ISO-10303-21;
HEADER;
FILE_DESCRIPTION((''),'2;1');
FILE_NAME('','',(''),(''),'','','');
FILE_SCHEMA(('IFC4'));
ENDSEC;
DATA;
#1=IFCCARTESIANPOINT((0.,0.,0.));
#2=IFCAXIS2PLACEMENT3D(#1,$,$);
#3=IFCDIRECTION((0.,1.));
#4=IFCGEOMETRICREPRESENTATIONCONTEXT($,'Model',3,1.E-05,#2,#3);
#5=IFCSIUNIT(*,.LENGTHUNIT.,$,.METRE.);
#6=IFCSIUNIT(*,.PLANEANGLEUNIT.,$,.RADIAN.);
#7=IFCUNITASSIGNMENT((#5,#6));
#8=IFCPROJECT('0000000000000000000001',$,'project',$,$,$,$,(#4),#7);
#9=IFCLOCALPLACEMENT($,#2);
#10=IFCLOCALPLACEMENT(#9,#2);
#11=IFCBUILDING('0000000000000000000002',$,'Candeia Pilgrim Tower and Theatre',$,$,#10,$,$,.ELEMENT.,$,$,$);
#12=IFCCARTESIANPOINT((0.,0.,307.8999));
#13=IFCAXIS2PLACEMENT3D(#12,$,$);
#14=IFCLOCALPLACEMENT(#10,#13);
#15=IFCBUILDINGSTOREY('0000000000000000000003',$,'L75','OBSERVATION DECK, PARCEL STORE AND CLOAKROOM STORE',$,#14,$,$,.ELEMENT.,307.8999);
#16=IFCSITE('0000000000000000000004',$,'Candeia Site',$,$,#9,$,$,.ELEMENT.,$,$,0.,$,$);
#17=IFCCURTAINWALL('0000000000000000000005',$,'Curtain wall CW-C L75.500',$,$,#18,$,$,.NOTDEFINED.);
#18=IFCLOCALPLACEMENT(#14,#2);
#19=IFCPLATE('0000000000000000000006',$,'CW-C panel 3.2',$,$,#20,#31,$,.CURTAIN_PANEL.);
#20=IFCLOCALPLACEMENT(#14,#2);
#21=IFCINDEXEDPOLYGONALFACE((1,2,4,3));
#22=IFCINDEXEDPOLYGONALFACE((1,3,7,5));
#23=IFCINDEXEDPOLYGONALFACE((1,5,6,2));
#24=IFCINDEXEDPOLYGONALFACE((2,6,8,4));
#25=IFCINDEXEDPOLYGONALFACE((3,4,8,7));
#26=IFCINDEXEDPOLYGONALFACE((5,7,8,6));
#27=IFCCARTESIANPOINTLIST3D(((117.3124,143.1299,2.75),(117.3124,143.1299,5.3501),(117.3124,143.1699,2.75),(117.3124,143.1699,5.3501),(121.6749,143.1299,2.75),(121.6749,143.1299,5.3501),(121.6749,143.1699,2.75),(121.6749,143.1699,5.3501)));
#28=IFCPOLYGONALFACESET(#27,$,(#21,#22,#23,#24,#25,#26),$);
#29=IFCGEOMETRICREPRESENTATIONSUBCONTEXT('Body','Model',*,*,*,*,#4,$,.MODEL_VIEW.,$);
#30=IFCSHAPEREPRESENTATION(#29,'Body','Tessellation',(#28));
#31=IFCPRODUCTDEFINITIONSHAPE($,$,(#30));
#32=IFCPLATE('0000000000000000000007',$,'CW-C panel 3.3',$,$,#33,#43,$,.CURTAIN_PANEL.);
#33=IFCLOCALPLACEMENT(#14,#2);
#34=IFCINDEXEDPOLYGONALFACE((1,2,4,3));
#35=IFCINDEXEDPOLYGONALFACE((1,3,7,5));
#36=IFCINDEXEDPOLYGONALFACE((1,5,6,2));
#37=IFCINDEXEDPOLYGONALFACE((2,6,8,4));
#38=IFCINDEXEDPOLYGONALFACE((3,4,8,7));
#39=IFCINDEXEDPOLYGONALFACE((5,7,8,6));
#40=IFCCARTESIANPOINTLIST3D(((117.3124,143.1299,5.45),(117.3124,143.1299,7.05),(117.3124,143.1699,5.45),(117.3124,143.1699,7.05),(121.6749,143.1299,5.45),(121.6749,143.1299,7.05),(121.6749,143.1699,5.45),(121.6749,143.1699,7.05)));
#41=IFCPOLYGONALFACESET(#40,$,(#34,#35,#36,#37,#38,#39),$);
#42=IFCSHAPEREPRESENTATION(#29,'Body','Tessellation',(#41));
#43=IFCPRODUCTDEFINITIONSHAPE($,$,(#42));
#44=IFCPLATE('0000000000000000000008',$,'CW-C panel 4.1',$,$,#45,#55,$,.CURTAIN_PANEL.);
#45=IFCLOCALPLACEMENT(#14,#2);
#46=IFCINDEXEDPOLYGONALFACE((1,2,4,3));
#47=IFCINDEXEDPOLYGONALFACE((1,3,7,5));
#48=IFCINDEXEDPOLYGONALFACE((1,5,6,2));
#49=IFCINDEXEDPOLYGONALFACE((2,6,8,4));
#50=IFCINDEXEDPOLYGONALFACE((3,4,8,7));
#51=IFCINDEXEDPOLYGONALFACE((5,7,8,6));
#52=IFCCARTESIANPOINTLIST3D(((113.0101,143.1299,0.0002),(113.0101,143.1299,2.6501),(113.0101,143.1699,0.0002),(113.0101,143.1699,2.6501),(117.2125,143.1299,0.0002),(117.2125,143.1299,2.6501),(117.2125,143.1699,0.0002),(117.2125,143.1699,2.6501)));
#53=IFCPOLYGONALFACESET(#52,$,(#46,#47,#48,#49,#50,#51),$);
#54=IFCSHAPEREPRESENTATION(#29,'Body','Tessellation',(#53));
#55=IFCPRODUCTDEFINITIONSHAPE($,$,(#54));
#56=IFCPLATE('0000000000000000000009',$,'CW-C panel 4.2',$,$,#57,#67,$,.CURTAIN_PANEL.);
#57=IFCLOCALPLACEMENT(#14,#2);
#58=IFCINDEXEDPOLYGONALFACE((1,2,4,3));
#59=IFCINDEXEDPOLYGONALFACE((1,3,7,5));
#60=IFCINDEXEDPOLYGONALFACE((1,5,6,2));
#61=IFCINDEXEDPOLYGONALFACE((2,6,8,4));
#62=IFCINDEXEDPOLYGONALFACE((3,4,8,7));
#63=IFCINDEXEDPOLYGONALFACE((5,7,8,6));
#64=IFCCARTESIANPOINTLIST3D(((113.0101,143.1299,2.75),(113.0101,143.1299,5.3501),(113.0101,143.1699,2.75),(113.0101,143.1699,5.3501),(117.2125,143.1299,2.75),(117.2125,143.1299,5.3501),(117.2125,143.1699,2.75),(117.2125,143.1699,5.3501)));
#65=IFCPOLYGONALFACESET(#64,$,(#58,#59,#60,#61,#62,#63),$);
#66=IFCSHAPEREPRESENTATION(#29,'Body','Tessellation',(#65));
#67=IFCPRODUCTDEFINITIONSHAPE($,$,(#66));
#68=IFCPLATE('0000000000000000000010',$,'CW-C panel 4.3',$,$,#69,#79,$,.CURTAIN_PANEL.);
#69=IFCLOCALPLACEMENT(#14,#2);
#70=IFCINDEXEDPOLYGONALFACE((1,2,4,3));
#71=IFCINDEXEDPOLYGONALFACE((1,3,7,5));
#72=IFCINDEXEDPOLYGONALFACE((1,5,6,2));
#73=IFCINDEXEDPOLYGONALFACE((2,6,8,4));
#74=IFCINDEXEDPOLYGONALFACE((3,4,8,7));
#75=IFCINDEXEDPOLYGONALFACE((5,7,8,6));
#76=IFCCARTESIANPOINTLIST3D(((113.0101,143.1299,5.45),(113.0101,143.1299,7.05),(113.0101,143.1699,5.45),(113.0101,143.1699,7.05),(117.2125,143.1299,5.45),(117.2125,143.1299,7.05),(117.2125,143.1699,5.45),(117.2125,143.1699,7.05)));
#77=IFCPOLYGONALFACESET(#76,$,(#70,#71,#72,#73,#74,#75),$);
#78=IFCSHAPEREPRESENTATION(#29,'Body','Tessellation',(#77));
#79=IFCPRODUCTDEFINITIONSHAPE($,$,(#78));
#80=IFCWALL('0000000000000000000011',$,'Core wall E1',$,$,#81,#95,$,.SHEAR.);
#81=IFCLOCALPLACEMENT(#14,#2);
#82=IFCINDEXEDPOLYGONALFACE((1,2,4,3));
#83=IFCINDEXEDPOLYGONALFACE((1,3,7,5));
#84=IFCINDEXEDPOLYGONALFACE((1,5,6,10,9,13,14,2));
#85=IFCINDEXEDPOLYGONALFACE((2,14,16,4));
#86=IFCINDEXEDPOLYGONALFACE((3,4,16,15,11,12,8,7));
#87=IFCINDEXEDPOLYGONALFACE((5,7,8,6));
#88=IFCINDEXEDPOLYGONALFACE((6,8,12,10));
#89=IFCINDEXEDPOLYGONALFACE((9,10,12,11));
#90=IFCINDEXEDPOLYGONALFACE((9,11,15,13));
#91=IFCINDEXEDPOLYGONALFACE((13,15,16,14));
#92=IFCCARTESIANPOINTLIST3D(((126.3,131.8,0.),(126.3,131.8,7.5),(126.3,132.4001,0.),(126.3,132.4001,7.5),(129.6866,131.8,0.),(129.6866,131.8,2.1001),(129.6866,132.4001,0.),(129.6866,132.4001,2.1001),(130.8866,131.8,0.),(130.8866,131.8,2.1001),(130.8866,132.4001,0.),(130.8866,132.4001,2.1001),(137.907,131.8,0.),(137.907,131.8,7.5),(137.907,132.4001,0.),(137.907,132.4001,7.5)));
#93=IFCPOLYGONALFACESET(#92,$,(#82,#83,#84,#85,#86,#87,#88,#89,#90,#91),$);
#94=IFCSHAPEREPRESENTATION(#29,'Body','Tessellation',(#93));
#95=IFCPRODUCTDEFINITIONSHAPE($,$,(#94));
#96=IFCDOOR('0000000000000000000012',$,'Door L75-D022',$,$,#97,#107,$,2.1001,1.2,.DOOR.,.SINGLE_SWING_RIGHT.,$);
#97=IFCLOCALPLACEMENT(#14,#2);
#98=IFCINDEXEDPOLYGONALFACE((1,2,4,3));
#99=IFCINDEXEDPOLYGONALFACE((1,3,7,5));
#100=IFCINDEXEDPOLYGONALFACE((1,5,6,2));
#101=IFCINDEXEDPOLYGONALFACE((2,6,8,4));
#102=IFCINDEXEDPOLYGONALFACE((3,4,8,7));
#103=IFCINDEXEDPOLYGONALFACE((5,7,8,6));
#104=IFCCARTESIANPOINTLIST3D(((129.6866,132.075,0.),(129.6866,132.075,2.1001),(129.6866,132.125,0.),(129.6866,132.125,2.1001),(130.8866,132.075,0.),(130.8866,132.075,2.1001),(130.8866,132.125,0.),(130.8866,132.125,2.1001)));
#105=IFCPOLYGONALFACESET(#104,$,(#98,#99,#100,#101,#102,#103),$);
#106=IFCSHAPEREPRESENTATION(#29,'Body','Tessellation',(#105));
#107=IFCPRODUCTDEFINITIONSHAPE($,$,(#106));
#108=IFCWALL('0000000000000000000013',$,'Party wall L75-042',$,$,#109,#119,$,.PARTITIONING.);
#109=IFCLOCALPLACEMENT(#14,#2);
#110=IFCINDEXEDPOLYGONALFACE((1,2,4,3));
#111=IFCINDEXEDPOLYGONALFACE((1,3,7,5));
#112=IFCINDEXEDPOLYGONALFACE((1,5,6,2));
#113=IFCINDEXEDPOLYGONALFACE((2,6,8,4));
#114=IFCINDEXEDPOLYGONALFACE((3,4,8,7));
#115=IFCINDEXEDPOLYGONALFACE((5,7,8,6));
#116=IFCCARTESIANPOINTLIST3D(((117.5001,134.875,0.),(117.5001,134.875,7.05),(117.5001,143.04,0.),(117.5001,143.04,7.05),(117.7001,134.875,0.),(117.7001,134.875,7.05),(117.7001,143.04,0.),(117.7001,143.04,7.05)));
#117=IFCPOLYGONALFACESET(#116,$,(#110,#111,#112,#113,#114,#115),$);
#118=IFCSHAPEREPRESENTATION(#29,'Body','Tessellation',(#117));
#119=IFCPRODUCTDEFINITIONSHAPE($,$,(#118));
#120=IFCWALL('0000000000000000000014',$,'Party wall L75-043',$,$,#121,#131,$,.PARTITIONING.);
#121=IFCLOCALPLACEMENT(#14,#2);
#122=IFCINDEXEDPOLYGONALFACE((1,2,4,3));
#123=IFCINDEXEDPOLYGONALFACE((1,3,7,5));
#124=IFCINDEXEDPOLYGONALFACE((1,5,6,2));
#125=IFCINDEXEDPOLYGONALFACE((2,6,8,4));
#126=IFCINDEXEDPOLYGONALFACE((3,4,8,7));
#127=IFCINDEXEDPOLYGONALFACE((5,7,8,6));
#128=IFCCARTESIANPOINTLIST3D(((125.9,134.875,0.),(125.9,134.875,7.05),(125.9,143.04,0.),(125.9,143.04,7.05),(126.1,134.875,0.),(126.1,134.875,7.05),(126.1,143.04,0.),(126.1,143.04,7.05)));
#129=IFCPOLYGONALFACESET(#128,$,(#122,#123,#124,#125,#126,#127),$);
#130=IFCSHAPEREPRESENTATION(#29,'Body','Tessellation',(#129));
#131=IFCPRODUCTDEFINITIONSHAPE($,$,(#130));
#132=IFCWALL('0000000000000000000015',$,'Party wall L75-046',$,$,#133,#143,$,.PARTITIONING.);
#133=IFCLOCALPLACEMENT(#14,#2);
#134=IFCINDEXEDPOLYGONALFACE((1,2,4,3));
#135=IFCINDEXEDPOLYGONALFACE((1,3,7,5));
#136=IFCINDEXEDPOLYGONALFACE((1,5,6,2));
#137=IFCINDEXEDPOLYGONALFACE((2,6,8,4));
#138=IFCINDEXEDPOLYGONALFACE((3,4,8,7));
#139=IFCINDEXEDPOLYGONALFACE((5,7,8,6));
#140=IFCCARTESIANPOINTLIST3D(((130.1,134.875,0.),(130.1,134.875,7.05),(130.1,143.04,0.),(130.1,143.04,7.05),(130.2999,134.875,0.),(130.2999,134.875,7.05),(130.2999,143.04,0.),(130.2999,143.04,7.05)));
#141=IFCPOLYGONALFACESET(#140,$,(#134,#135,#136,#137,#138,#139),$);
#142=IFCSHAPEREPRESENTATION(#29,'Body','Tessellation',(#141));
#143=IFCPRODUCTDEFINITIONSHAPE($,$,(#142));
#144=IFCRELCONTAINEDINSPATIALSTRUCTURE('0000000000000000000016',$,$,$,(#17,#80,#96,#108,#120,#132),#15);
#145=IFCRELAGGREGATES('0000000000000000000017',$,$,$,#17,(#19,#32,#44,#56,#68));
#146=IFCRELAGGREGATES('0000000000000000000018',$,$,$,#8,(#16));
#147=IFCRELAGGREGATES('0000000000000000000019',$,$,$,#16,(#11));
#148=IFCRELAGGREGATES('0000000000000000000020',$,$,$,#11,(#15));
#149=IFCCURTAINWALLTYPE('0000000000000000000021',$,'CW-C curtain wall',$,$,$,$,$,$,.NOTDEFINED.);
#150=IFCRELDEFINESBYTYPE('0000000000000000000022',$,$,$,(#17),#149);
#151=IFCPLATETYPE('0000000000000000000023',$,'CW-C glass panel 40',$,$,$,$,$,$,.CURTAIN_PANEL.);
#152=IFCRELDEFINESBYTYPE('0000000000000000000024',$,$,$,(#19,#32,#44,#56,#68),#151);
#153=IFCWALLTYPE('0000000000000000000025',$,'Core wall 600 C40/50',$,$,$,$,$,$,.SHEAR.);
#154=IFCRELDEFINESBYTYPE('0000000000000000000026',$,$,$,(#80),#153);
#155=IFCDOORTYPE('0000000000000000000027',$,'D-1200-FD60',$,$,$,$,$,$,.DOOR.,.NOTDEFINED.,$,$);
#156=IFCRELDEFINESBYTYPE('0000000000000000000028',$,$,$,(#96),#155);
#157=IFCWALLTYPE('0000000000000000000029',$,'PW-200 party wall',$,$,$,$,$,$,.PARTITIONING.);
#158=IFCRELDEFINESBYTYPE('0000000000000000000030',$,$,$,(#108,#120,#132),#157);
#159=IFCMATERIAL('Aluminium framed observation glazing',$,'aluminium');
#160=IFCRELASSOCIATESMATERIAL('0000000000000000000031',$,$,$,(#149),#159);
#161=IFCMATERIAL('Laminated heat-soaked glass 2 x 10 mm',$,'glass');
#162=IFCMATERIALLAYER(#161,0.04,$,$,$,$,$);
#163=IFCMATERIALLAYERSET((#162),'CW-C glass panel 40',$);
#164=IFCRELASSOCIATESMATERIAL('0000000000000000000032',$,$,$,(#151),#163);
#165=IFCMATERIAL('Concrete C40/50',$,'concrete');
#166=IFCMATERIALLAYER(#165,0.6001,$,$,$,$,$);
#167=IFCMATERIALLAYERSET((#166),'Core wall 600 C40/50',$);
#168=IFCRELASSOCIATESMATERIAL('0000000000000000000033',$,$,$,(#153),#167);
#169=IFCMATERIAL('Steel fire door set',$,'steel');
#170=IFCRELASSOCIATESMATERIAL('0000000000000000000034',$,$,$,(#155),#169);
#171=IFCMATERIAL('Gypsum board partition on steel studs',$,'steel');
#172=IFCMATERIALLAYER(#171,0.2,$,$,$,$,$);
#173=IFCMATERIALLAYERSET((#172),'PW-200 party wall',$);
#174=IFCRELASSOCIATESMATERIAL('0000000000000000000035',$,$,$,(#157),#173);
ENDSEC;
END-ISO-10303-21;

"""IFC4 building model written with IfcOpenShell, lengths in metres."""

from ifc_helpers import new_model, si_unit, direction, frame, frame_2d, origin, origin_2d, place, context, subcontext, project, spatial, rectangle, extrude, material, layer, layer_set, type_object, element, fill, aggregate, save


model = new_model("IFC4")

# Units and contexts
model_context = context("Model", 3, precision=1e-05, world=origin(), true_north=direction((0.0, 1.0)))
body_context = subcontext(model_context, "Body", "Model", "MODEL_VIEW")
ifc_project = project(units=[si_unit("LENGTHUNIT", "METRE"), si_unit("PLANEANGLEUNIT", "RADIAN")], contexts=[model_context])

# Site, building, storey
site_placement = place(None, origin())
site = spatial("IfcSite", under=ifc_project, at=site_placement, Name="Candeia Site", CompositionType="ELEMENT", RefElevation=0.0)
building_placement = place(site_placement, origin())
building = spatial("IfcBuilding", under=site, at=building_placement, Name="Candeia Pilgrim Tower and Theatre", CompositionType="ELEMENT")
storey_placement = place(building_placement, frame((0.0, 0.0, 307.8999)))
storey = spatial("IfcBuildingStorey", under=building, at=storey_placement, Name="L75", Description="OBSERVATION DECK, PARCEL STORE AND CLOAKROOM STORE", CompositionType="ELEMENT", Elevation=307.8999)

# Shared definitions
ifc_material_1 = material(Name="Concrete C40/50", Category="concrete")

# Shared definitions
ifc_material_2 = material(Name="Aluminium framed observation glazing", Category="aluminium")
curtain_wall_type = type_object("IfcCurtainWallType", Name="CW-C curtain wall", PredefinedType="NOTDEFINED", material=ifc_material_2)

# Curtain wall
curtain_wall_1_placement = place(storey_placement, origin())
curtain_wall_1 = element("IfcCurtainWall", 1, at=curtain_wall_1_placement, inside=storey, type_object=curtain_wall_type, Name="Curtain wall CW-C L75.500", PredefinedType="NOTDEFINED")

# Plates
ifc_material_3 = material(Name="Laminated heat-soaked glass 2 x 10 mm", Category="glass")
ifc_layer_1 = layer(ifc_material_3, 0.04)
ifc_layer_set_1 = layer_set([ifc_layer_1], Name="CW-C glass panel 40")
plate_type = type_object("IfcPlateType", Name="CW-C glass panel 40", PredefinedType="CURTAIN_PANEL", material=ifc_layer_set_1)
plate_1_placement = place(storey_placement, frame((119.4937, 143.1499, 2.75), z_axis=(0.0, 0.0, 1.0), x_axis=(-1.0, 0.0, 0.0)))
plate_1 = element("IfcPlate", 2, at=plate_1_placement, type_object=plate_type, Name="CW-C panel 3.2", PredefinedType="CURTAIN_PANEL", context=body_context, shape_type="SweptSolid", body=[
    extrude(rectangle(XDim=4.3625, YDim=0.04, at=origin_2d()), origin(), (0.0, 0.0, 1.0), 2.6001),
])
plate_2_placement = place(storey_placement, frame((119.4937, 143.1499, 5.45), z_axis=(0.0, 0.0, 1.0), x_axis=(-1.0, 0.0, 0.0)))
plate_2 = element("IfcPlate", 3, at=plate_2_placement, type_object=plate_type, Name="CW-C panel 3.3", PredefinedType="CURTAIN_PANEL", context=body_context, shape_type="SweptSolid", body=[
    extrude(rectangle(XDim=4.3625, YDim=0.04, at=origin_2d()), origin(), (0.0, 0.0, 1.0), 1.6001),
])
plate_3_placement = place(storey_placement, frame((115.1113, 143.1499, 0.0002), z_axis=(0.0, 0.0, 1.0), x_axis=(-1.0, 0.0, 0.0)))
plate_3 = element("IfcPlate", 4, at=plate_3_placement, type_object=plate_type, Name="CW-C panel 4.1", PredefinedType="CURTAIN_PANEL", context=body_context, shape_type="SweptSolid", body=[
    extrude(rectangle(XDim=4.2024, YDim=0.04, at=origin_2d()), origin(), (0.0, 0.0, 1.0), 2.6499),
])
plate_4_placement = place(storey_placement, frame((115.1113, 143.1499, 2.75), z_axis=(0.0, 0.0, 1.0), x_axis=(-1.0, 0.0, 0.0)))
plate_4 = element("IfcPlate", 5, at=plate_4_placement, type_object=plate_type, Name="CW-C panel 4.2", PredefinedType="CURTAIN_PANEL", context=body_context, shape_type="SweptSolid", body=[
    extrude(rectangle(XDim=4.2024, YDim=0.04, at=origin_2d()), origin(), (0.0, 0.0, 1.0), 2.6001),
])
plate_5_placement = place(storey_placement, frame((115.1113, 143.1499, 5.45), z_axis=(0.0, 0.0, 1.0), x_axis=(-1.0, 0.0, 0.0)))
plate_5 = element("IfcPlate", 6, at=plate_5_placement, type_object=plate_type, Name="CW-C panel 4.3", PredefinedType="CURTAIN_PANEL", context=body_context, shape_type="SweptSolid", body=[
    extrude(rectangle(XDim=4.2024, YDim=0.04, at=origin_2d()), origin(), (0.0, 0.0, 1.0), 1.6001),
])
aggregate(curtain_wall_1, [plate_1, plate_2, plate_3, plate_4, plate_5])

# Wall, opening, door
ifc_layer_2 = layer(ifc_material_1, 0.6001)
ifc_layer_set_2 = layer_set([ifc_layer_2], Name="Core wall 600 C40/50")
wall_type_1 = type_object("IfcWallType", Name="Core wall 600 C40/50", PredefinedType="SHEAR", material=ifc_layer_set_2)
wall_placement = place(storey_placement, frame((126.3, 132.1001, 0.0), z_axis=(0.0, 0.0, 1.0), x_axis=(1.0, 0.0, 0.0)))
wall = element("IfcWall", 7, at=wall_placement, inside=storey, type_object=wall_type_1, Name="Core wall E1", PredefinedType="SHEAR", context=body_context, shape_type="SweptSolid", body=[
    extrude(rectangle(XDim=11.6069, YDim=0.6001, at=frame_2d((5.8035, 0.0))), origin(), (0.0, 0.0, 1.0), 7.5),
])
opening_placement = place(wall_placement, frame((3.3865, 0.0, 0.0)))
opening = element("IfcOpeningElement", 8, at=opening_placement, cuts=wall, PredefinedType="OPENING", context=body_context, shape_type="SweptSolid", body=[
    extrude(rectangle(XDim=1.2, YDim=2.1001, at=frame_2d((0.6001, 1.05))), frame((0.0, 0.3101, 0.0), z_axis=(0.0, -1.0, 0.0), x_axis=(1.0, 0.0, 0.0)), (0.0, 0.0, 1.0), 0.6201),
])
ifc_material_4 = material(Name="Steel fire door set", Category="steel")
door_type = type_object("IfcDoorType", Name="D-1200-FD60", OperationType="NOTDEFINED", PredefinedType="DOOR", material=ifc_material_4)
door_placement = place(opening_placement, origin())
door = element("IfcDoor", 9, at=door_placement, inside=storey, type_object=door_type, Name="Door L75-D022", OperationType="SINGLE_SWING_RIGHT", OverallHeight=2.1001, OverallWidth=1.2, PredefinedType="DOOR", context=body_context, shape_type="SweptSolid", body=[
    extrude(rectangle(XDim=1.2, YDim=2.1001, at=frame_2d((0.6001, 1.05))), frame((0.0, 0.0249, 0.0), z_axis=(0.0, -1.0, 0.0), x_axis=(1.0, 0.0, 0.0)), (0.0, 0.0, 1.0), 0.05),
])
fill(opening, door)

# Walls
ifc_material_5 = material(Name="Gypsum board partition on steel studs", Category="steel")
ifc_layer_3 = layer(ifc_material_5, 0.2)
ifc_layer_set_3 = layer_set([ifc_layer_3], Name="PW-200 party wall")
wall_type_2 = type_object("IfcWallType", Name="PW-200 party wall", PredefinedType="PARTITIONING", material=ifc_layer_set_3)
for number, where, z_axis, x_axis, name in (
    (10, (117.6001, 134.875, 0.0), (0.0, 0.0, 1.0), (0.0, 1.0, 0.0), "Party wall L75-042"),
    (11, (126.0, 134.875, 0.0), (0.0, 0.0, 1.0), (0.0, 1.0, 0.0), "Party wall L75-043"),
    (12, (130.2, 134.875, 0.0), (0.0, 0.0, 1.0), (0.0, 1.0, 0.0), "Party wall L75-046"),
):
    element("IfcWall", number, at=place(storey_placement, frame(where, z_axis=z_axis, x_axis=x_axis)), inside=storey, type_object=wall_type_2, Name=name, PredefinedType="PARTITIONING", context=body_context, shape_type="SweptSolid", body=[
        extrude(rectangle(XDim=8.165, YDim=0.2, at=frame_2d((4.0825, 0.0))), origin(), (0.0, 0.0, 1.0), 7.05),
    ])

save(model, "model.ifc")
